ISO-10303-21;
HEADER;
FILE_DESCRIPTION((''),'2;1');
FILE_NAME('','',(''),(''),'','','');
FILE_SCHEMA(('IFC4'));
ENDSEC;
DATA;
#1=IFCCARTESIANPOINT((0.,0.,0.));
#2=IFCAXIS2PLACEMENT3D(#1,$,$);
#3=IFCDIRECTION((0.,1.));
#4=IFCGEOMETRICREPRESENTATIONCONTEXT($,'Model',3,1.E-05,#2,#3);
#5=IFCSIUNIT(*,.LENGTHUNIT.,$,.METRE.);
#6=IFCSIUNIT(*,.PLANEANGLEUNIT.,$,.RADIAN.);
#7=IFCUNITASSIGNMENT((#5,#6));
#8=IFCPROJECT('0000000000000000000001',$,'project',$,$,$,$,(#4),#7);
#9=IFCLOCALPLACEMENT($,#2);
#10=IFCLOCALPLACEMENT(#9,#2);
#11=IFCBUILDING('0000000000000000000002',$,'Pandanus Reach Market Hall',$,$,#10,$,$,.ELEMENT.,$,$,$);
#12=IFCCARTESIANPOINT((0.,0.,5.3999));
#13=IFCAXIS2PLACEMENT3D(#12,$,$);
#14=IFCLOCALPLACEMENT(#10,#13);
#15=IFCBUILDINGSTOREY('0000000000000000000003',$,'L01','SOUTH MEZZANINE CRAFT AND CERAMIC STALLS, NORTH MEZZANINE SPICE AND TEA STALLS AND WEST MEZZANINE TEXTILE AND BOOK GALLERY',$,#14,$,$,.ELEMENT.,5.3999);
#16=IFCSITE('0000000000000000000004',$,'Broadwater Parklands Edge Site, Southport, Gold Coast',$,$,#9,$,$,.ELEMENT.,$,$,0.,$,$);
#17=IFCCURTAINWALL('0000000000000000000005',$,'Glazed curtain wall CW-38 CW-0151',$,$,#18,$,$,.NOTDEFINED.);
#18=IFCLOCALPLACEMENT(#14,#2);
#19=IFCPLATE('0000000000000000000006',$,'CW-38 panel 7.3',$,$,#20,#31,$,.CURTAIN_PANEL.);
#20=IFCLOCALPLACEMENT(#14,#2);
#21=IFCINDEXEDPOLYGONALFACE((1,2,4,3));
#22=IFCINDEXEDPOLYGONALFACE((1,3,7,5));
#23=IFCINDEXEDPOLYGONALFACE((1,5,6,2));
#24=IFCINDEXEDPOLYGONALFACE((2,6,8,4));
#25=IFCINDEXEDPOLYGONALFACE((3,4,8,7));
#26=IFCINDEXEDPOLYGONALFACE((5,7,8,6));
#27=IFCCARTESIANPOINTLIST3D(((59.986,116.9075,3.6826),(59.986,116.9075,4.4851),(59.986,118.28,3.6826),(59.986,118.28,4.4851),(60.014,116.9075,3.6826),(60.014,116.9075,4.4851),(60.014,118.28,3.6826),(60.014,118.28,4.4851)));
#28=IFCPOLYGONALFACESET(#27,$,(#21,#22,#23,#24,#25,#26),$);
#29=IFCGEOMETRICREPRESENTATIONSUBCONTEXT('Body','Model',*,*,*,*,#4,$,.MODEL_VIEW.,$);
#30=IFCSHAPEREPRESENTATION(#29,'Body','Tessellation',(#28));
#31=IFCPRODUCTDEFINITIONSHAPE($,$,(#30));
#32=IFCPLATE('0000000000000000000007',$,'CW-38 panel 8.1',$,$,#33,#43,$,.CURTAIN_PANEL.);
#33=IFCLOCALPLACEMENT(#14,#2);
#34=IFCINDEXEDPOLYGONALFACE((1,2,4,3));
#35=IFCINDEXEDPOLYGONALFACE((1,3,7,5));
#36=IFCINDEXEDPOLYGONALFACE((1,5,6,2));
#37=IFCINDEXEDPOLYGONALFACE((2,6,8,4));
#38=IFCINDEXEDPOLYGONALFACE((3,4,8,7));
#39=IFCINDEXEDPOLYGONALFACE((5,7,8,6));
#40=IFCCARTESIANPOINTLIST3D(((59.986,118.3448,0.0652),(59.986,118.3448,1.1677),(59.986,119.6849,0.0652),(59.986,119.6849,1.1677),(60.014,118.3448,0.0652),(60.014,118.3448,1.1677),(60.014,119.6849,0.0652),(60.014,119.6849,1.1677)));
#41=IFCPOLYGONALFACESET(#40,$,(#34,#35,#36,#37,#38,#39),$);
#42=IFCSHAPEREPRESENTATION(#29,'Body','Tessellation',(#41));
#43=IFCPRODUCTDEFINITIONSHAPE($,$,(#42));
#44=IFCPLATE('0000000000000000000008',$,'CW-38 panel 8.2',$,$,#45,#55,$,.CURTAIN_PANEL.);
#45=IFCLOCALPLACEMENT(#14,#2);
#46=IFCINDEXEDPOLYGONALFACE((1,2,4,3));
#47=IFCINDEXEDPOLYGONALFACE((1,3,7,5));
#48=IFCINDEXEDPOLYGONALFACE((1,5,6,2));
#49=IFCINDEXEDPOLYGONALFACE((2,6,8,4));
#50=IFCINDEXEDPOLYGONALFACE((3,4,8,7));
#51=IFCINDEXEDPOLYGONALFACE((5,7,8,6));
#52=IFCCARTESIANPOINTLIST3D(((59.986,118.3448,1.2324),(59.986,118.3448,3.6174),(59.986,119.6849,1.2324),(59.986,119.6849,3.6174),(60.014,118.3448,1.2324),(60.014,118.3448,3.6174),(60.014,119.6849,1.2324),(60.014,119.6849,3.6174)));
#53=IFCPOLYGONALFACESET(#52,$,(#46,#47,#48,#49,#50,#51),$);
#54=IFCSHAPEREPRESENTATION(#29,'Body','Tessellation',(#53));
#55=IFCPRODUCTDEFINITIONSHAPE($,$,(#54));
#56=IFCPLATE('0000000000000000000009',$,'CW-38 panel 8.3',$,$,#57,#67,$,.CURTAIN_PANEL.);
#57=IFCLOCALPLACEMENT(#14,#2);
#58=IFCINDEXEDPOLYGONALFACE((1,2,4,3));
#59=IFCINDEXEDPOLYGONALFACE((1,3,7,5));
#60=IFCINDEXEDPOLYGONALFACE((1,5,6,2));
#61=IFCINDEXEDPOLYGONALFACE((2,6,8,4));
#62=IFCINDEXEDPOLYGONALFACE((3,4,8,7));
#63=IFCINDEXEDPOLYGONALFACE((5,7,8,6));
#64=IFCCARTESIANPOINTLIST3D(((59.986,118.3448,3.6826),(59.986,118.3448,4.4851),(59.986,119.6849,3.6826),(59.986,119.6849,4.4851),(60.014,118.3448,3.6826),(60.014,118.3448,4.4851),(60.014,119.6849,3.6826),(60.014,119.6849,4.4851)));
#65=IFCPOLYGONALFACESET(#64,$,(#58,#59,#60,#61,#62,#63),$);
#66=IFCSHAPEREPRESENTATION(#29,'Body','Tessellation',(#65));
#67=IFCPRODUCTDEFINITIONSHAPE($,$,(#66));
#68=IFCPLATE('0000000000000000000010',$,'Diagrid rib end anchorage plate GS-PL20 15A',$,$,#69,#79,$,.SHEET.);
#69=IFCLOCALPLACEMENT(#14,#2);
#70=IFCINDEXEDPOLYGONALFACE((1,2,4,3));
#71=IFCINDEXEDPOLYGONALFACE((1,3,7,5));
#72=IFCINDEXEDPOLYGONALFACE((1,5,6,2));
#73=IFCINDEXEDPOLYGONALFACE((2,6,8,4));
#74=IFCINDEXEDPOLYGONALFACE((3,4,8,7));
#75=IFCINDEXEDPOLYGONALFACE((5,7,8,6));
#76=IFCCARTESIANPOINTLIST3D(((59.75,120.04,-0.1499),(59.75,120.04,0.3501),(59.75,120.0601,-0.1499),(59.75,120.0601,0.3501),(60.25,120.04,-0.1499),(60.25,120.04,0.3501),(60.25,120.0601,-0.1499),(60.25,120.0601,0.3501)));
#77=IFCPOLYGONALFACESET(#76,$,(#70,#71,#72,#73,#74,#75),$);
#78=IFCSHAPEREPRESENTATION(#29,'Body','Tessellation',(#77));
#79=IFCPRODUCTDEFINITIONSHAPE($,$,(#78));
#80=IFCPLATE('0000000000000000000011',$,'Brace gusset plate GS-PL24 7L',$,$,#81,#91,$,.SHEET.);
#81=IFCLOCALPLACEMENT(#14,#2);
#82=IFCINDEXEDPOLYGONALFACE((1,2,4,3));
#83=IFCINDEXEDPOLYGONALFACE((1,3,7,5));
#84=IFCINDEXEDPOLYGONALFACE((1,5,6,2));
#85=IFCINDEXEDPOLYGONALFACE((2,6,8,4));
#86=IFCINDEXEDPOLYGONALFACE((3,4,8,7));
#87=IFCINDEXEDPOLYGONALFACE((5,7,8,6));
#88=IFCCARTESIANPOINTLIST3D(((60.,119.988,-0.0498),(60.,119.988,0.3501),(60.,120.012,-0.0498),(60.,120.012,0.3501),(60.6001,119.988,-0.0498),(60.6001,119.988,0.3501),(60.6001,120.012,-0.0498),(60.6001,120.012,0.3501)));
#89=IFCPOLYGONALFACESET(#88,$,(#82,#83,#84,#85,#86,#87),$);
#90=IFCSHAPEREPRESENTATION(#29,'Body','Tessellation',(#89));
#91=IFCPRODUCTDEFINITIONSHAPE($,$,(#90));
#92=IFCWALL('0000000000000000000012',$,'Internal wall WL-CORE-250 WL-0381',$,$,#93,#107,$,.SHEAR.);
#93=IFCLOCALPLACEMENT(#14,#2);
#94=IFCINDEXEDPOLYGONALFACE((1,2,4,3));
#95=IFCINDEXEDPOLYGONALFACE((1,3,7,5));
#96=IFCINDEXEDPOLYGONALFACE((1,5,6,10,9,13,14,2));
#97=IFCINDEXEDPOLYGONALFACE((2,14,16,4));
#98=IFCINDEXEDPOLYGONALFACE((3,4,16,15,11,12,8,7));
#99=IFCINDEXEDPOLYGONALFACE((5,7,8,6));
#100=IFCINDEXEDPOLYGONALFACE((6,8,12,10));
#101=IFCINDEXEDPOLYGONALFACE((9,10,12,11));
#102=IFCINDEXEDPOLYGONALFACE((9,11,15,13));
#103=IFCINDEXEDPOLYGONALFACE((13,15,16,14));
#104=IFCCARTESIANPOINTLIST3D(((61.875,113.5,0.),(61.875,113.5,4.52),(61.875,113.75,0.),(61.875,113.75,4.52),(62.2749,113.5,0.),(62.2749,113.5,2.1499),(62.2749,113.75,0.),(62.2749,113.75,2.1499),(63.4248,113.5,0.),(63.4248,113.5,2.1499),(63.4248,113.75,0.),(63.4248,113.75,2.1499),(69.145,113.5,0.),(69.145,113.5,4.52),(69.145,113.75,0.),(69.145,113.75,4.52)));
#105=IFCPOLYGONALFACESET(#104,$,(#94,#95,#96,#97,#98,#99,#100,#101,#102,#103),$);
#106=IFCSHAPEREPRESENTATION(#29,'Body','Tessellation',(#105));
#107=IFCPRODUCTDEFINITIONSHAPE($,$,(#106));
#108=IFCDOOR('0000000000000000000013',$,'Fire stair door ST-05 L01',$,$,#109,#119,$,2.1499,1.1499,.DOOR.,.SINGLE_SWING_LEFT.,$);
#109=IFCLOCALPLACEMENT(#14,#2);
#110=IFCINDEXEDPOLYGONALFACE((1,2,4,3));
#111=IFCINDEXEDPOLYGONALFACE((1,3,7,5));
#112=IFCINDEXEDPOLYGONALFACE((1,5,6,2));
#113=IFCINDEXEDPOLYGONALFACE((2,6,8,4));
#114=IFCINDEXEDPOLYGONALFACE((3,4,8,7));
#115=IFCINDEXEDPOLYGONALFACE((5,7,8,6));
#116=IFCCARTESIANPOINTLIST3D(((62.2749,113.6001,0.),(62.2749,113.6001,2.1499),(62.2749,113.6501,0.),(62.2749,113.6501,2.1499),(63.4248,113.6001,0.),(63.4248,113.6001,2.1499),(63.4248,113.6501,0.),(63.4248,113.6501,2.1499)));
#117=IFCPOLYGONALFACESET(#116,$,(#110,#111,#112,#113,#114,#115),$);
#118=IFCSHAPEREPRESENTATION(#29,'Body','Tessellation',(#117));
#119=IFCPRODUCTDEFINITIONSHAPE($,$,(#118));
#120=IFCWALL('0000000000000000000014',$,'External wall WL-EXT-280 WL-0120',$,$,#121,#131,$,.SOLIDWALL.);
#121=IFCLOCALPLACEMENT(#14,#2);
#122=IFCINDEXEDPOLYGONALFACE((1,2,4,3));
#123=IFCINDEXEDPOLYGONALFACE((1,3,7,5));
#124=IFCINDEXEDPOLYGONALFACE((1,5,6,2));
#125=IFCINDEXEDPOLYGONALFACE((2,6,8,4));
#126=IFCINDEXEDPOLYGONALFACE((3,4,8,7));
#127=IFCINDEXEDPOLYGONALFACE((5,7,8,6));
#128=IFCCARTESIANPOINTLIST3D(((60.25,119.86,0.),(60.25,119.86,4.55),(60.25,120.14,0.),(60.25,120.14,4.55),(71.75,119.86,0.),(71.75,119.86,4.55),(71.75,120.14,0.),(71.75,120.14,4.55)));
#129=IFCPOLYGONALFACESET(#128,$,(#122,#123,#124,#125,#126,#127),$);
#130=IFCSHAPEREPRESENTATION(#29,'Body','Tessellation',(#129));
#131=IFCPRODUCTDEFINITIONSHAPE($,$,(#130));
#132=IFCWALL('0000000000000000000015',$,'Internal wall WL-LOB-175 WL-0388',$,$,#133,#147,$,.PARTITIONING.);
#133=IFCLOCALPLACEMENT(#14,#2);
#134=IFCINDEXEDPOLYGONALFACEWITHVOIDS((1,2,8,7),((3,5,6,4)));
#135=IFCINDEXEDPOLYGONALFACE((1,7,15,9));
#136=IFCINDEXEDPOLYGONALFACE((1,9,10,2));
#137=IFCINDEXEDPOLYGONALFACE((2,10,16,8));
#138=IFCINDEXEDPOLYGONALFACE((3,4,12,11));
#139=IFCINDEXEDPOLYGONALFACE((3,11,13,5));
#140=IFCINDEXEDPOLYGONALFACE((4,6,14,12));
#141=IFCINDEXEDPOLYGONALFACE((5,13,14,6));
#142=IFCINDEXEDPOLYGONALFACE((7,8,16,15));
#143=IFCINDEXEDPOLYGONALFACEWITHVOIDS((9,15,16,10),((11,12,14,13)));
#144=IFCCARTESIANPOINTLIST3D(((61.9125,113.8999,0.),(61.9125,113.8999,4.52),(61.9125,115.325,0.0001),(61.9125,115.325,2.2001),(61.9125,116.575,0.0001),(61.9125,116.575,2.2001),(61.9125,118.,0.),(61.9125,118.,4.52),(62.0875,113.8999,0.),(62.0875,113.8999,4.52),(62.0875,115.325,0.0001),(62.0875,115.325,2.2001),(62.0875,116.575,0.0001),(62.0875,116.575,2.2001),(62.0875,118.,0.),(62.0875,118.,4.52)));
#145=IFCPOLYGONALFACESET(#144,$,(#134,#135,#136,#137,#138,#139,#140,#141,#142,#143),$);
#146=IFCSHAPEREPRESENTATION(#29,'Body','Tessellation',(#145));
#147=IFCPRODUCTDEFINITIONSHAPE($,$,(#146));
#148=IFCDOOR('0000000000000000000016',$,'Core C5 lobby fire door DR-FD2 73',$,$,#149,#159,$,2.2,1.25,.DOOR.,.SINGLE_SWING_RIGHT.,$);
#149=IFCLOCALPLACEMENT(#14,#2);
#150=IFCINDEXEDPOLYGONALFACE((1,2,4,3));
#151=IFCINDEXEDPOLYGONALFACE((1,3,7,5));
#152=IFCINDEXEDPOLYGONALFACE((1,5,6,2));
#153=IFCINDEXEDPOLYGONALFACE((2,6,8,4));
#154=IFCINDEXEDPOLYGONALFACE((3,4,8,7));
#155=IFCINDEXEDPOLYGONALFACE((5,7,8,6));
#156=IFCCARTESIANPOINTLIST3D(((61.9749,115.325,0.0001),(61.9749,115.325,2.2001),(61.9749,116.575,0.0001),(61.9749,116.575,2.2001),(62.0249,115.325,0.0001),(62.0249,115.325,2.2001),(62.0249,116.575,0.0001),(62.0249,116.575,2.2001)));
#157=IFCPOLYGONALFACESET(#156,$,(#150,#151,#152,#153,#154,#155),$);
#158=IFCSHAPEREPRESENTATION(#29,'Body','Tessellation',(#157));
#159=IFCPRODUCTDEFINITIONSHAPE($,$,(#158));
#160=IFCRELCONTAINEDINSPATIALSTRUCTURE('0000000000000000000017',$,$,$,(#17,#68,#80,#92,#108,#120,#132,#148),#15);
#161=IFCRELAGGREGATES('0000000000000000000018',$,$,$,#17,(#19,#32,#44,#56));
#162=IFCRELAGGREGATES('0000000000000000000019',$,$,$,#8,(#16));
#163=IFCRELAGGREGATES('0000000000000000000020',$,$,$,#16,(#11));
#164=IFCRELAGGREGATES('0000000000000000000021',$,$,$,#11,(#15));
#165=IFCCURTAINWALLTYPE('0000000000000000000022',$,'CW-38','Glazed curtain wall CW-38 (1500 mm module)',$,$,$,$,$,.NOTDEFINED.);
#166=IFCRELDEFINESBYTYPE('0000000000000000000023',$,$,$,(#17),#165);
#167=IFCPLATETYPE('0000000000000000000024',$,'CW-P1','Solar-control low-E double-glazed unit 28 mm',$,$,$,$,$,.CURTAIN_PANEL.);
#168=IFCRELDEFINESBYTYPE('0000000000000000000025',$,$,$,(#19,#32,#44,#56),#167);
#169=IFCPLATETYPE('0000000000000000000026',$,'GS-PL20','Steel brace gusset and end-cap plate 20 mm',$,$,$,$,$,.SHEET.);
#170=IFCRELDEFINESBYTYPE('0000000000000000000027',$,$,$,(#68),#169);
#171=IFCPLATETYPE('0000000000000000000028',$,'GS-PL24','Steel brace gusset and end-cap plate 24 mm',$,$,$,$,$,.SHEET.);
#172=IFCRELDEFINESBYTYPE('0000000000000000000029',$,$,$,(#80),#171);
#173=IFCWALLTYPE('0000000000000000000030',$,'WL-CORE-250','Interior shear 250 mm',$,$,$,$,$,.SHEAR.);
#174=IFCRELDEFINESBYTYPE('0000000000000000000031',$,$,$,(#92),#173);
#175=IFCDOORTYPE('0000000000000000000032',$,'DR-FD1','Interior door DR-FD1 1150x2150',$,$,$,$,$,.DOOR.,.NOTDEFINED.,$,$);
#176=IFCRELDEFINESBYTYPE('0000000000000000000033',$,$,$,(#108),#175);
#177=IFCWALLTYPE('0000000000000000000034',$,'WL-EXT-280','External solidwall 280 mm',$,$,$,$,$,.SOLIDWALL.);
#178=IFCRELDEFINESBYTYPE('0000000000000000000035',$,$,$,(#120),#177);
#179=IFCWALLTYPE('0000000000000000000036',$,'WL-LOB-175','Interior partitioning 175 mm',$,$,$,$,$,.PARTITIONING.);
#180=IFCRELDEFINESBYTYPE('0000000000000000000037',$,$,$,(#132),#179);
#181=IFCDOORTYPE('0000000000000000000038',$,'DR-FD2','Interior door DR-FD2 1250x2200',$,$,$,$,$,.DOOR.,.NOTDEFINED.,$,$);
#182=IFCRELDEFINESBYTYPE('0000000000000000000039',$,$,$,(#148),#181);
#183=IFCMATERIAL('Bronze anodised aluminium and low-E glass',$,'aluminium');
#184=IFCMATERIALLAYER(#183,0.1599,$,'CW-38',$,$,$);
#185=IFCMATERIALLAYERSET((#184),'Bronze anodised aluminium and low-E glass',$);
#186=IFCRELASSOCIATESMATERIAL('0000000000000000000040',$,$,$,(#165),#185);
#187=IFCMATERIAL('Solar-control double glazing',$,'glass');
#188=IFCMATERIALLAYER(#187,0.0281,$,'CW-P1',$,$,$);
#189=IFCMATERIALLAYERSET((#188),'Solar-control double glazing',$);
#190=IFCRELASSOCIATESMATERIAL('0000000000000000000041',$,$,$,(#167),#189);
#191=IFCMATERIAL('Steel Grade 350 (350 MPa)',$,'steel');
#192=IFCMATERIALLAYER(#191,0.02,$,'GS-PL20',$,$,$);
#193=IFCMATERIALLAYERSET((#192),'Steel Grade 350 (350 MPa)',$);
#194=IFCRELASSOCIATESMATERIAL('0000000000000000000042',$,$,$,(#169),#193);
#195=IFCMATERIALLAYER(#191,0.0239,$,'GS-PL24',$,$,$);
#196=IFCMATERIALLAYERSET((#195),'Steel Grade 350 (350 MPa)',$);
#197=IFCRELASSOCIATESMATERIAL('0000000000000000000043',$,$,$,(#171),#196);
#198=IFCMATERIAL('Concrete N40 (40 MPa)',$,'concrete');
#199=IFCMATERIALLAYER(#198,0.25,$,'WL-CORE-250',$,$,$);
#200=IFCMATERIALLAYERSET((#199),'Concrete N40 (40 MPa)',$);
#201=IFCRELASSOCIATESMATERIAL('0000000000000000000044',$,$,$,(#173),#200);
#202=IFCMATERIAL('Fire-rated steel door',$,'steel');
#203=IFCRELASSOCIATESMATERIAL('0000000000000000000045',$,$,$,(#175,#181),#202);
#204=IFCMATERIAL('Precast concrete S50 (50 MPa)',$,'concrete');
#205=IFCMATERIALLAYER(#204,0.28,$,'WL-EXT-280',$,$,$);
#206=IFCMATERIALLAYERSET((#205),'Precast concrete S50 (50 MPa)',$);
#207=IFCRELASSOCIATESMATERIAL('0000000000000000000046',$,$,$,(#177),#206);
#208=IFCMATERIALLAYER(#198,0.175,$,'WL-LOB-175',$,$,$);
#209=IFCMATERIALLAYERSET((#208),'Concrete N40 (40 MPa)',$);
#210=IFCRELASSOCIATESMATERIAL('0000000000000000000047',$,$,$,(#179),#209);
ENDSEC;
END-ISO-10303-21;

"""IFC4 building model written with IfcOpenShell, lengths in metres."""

from ifc_helpers import new_model, si_unit, direction, frame, frame_2d, origin, origin_2d, place, context, subcontext, project, spatial, rectangle, extrude, material, layer, layer_set, type_object, element, fill, aggregate, save


model = new_model("IFC4")

# Units and contexts
model_context = context("Model", 3, precision=1e-05, world=origin(), true_north=direction((0.0, 1.0)))
body_context = subcontext(model_context, "Body", "Model", "MODEL_VIEW")
ifc_project = project(units=[si_unit("LENGTHUNIT", "METRE"), si_unit("PLANEANGLEUNIT", "RADIAN")], contexts=[model_context])

# Site, building, storey
site_placement = place(None, origin())
site = spatial("IfcSite", under=ifc_project, at=site_placement, Name="Broadwater Parklands Edge Site, Southport, Gold Coast", CompositionType="ELEMENT", RefElevation=0.0)
building_placement = place(site_placement, origin())
building = spatial("IfcBuilding", under=site, at=building_placement, Name="Pandanus Reach Market Hall", CompositionType="ELEMENT")
storey_placement = place(building_placement, frame((0.0, 0.0, 5.3999)))
storey = spatial("IfcBuildingStorey", under=building, at=storey_placement, Name="L01", Description="SOUTH MEZZANINE CRAFT AND CERAMIC STALLS, NORTH MEZZANINE SPICE AND TEA STALLS AND WEST MEZZANINE TEXTILE AND BOOK GALLERY", CompositionType="ELEMENT", Elevation=5.3999)

# Shared definitions
ifc_material_1 = material(Name="Concrete N40 (40 MPa)", Category="concrete")

# Shared definitions
ifc_material_2 = material(Name="Steel Grade 350 (350 MPa)", Category="steel")

# Curtain wall
ifc_material_3 = material(Name="Bronze anodised aluminium and low-E glass", Category="aluminium")
ifc_layer_1 = layer(ifc_material_3, 0.1599, Name="CW-38")
ifc_layer_set_1 = layer_set([ifc_layer_1], Name="Bronze anodised aluminium and low-E glass")
curtain_wall_type = type_object("IfcCurtainWallType", Name="CW-38", Description="Glazed curtain wall CW-38 (1500 mm module)", PredefinedType="NOTDEFINED", material=ifc_layer_set_1)
curtain_wall_placement = place(storey_placement, origin())
curtain_wall = element("IfcCurtainWall", 1, at=curtain_wall_placement, inside=storey, type_object=curtain_wall_type, Name="Glazed curtain wall CW-38 CW-0151", PredefinedType="NOTDEFINED")

# Plates
ifc_material_4 = material(Name="Solar-control double glazing", Category="glass")
ifc_layer_2 = layer(ifc_material_4, 0.0281, Name="CW-P1")
ifc_layer_set_2 = layer_set([ifc_layer_2], Name="Solar-control double glazing")
plate_type_1 = type_object("IfcPlateType", Name="CW-P1", Description="Solar-control low-E double-glazed unit 28 mm", PredefinedType="CURTAIN_PANEL", material=ifc_layer_set_2)
plate_1_placement = place(storey_placement, frame((60.0, 117.5938, 3.6826), z_axis=(0.0, 0.0, 1.0), x_axis=(0.0, 1.0, 0.0)))
plate_1 = element("IfcPlate", 2, at=plate_1_placement, type_object=plate_type_1, Name="CW-38 panel 7.3", PredefinedType="CURTAIN_PANEL", context=body_context, shape_type="SweptSolid", body=[
    extrude(rectangle(XDim=1.3726, YDim=0.0281, at=origin_2d()), origin(), (0.0, 0.0, 1.0), 0.8025),
])
plate_2_placement = place(storey_placement, frame((60.0, 119.0149, 0.0652), z_axis=(0.0, 0.0, 1.0), x_axis=(0.0, 1.0, 0.0)))
plate_2 = element("IfcPlate", 3, at=plate_2_placement, type_object=plate_type_1, Name="CW-38 panel 8.1", PredefinedType="CURTAIN_PANEL", context=body_context, shape_type="SweptSolid", body=[
    extrude(rectangle(XDim=1.3401, YDim=0.0281, at=origin_2d()), origin(), (0.0, 0.0, 1.0), 1.1025),
])
plate_3_placement = place(storey_placement, frame((60.0, 119.0149, 1.2324), z_axis=(0.0, 0.0, 1.0), x_axis=(0.0, 1.0, 0.0)))
plate_3 = element("IfcPlate", 4, at=plate_3_placement, type_object=plate_type_1, Name="CW-38 panel 8.2", PredefinedType="CURTAIN_PANEL", context=body_context, shape_type="SweptSolid", body=[
    extrude(rectangle(XDim=1.3401, YDim=0.0281, at=origin_2d()), origin(), (0.0, 0.0, 1.0), 2.385),
])
plate_4_placement = place(storey_placement, frame((60.0, 119.0149, 3.6826), z_axis=(0.0, 0.0, 1.0), x_axis=(0.0, 1.0, 0.0)))
plate_4 = element("IfcPlate", 5, at=plate_4_placement, type_object=plate_type_1, Name="CW-38 panel 8.3", PredefinedType="CURTAIN_PANEL", context=body_context, shape_type="SweptSolid", body=[
    extrude(rectangle(XDim=1.3401, YDim=0.0281, at=origin_2d()), origin(), (0.0, 0.0, 1.0), 0.8025),
])
aggregate(curtain_wall, [plate_1, plate_2, plate_3, plate_4])

# Plates
ifc_layer_3 = layer(ifc_material_2, 0.02, Name="GS-PL20")
ifc_layer_set_3 = layer_set([ifc_layer_3], Name="Steel Grade 350 (350 MPa)")
plate_type_2 = type_object("IfcPlateType", Name="GS-PL20", Description="Steel brace gusset and end-cap plate 20 mm", PredefinedType="SHEET", material=ifc_layer_set_3)
plate_5_placement = place(storey_placement, frame((60.0, 120.05, -0.1499), z_axis=(0.0, 0.0, 1.0), x_axis=(1.0, 0.0, 0.0)))
element("IfcPlate", 6, at=plate_5_placement, inside=storey, type_object=plate_type_2, Name="Diagrid rib end anchorage plate GS-PL20 15A", PredefinedType="SHEET", context=body_context, shape_type="SweptSolid", body=[
    extrude(rectangle(XDim=0.5, YDim=0.02, at=origin_2d()), origin(), (0.0, 0.0, 1.0), 0.5),
])
ifc_layer_4 = layer(ifc_material_2, 0.0239, Name="GS-PL24")
ifc_layer_set_4 = layer_set([ifc_layer_4], Name="Steel Grade 350 (350 MPa)")
plate_type_3 = type_object("IfcPlateType", Name="GS-PL24", Description="Steel brace gusset and end-cap plate 24 mm", PredefinedType="SHEET", material=ifc_layer_set_4)
plate_6_placement = place(storey_placement, frame((60.3, 120.0, -0.0498), z_axis=(0.0, 0.0, 1.0), x_axis=(1.0, 0.0, 0.0)))
element("IfcPlate", 7, at=plate_6_placement, inside=storey, type_object=plate_type_3, Name="Brace gusset plate GS-PL24 7L", PredefinedType="SHEET", context=body_context, shape_type="SweptSolid", body=[
    extrude(rectangle(XDim=0.6001, YDim=0.0239, at=origin_2d()), origin(), (0.0, 0.0, 1.0), 0.3999),
])

# Wall, opening, door
ifc_layer_5 = layer(ifc_material_1, 0.25, Name="WL-CORE-250")
ifc_layer_set_5 = layer_set([ifc_layer_5], Name="Concrete N40 (40 MPa)")
wall_type_1 = type_object("IfcWallType", Name="WL-CORE-250", Description="Interior shear 250 mm", PredefinedType="SHEAR", material=ifc_layer_set_5)
wall_1_placement = place(storey_placement, frame((61.875, 113.625, 0.0), z_axis=(0.0, 0.0, 1.0), x_axis=(1.0, 0.0, 0.0)))
wall_1 = element("IfcWall", 8, at=wall_1_placement, inside=storey, type_object=wall_type_1, Name="Internal wall WL-CORE-250 WL-0381", PredefinedType="SHEAR", context=body_context, shape_type="SweptSolid", body=[
    extrude(rectangle(XDim=7.27, YDim=0.25, at=frame_2d((3.635, 0.0))), origin(), (0.0, 0.0, 1.0), 4.52),
])
opening_1_placement = place(wall_1_placement, frame((0.3999, 0.0, 0.0)))
opening_1 = element("IfcOpeningElement", 9, at=opening_1_placement, cuts=wall_1, PredefinedType="OPENING", context=body_context, shape_type="SweptSolid", body=[
    extrude(rectangle(XDim=1.1499, YDim=2.1499, at=frame_2d((0.575, 1.075))), frame((0.0, 0.1399, 0.0), z_axis=(0.0, -1.0, 0.0), x_axis=(1.0, 0.0, 0.0)), (0.0, 0.0, 1.0), 0.28),
])
ifc_material_5 = material(Name="Fire-rated steel door", Category="steel")
door_type_1 = type_object("IfcDoorType", Name="DR-FD1", Description="Interior door DR-FD1 1150x2150", OperationType="NOTDEFINED", PredefinedType="DOOR", material=ifc_material_5)
door_1_placement = place(opening_1_placement, frame((1.1499, 0.0, 0.0), z_axis=(0.0, 0.0, 1.0), x_axis=(-1.0, 0.0, 0.0)))
door_1 = element("IfcDoor", 10, at=door_1_placement, inside=storey, type_object=door_type_1, Name="Fire stair door ST-05 L01", OperationType="SINGLE_SWING_LEFT", OverallHeight=2.1499, OverallWidth=1.1499, PredefinedType="DOOR", context=body_context, shape_type="SweptSolid", body=[
    extrude(rectangle(XDim=1.1499, YDim=2.1499, at=frame_2d((0.575, 1.075))), frame((0.0, 0.0249, 0.0), z_axis=(0.0, -1.0, 0.0), x_axis=(1.0, 0.0, 0.0)), (0.0, 0.0, 1.0), 0.05),
])
fill(opening_1, door_1)

# Wall
ifc_material_6 = material(Name="Precast concrete S50 (50 MPa)", Category="concrete")
ifc_layer_6 = layer(ifc_material_6, 0.28, Name="WL-EXT-280")
ifc_layer_set_6 = layer_set([ifc_layer_6], Name="Precast concrete S50 (50 MPa)")
wall_type_2 = type_object("IfcWallType", Name="WL-EXT-280", Description="External solidwall 280 mm", PredefinedType="SOLIDWALL", material=ifc_layer_set_6)
wall_2_placement = place(storey_placement, frame((60.25, 120.0, 0.0), z_axis=(0.0, 0.0, 1.0), x_axis=(1.0, 0.0, 0.0)))
element("IfcWall", 11, at=wall_2_placement, inside=storey, type_object=wall_type_2, Name="External wall WL-EXT-280 WL-0120", PredefinedType="SOLIDWALL", context=body_context, shape_type="SweptSolid", body=[
    extrude(rectangle(XDim=11.5, YDim=0.28, at=frame_2d((5.75, 0.0))), origin(), (0.0, 0.0, 1.0), 4.55),
])

# Wall, opening, door
ifc_layer_7 = layer(ifc_material_1, 0.175, Name="WL-LOB-175")
ifc_layer_set_7 = layer_set([ifc_layer_7], Name="Concrete N40 (40 MPa)")
wall_type_3 = type_object("IfcWallType", Name="WL-LOB-175", Description="Interior partitioning 175 mm", PredefinedType="PARTITIONING", material=ifc_layer_set_7)
wall_3_placement = place(storey_placement, frame((62.0, 113.8999, 0.0), z_axis=(0.0, 0.0, 1.0), x_axis=(0.0, 1.0, 0.0)))
wall_3 = element("IfcWall", 12, at=wall_3_placement, inside=storey, type_object=wall_type_3, Name="Internal wall WL-LOB-175 WL-0388", PredefinedType="PARTITIONING", context=body_context, shape_type="SweptSolid", body=[
    extrude(rectangle(XDim=4.1001, YDim=0.175, at=frame_2d((2.05, 0.0))), origin(), (0.0, 0.0, 1.0), 4.52),
])
opening_2_placement = place(wall_3_placement, frame((1.425, 0.0, 0.0)))
opening_2 = element("IfcOpeningElement", 13, at=opening_2_placement, cuts=wall_3, PredefinedType="OPENING", context=body_context, shape_type="SweptSolid", body=[
    extrude(rectangle(XDim=1.25, YDim=2.2, at=frame_2d((0.625, 1.1001))), frame((0.0, 0.1025, 0.0), z_axis=(0.0, -1.0, 0.0), x_axis=(1.0, 0.0, 0.0)), (0.0, 0.0, 1.0), 0.2051),
])
door_type_2 = type_object("IfcDoorType", Name="DR-FD2", Description="Interior door DR-FD2 1250x2200", OperationType="NOTDEFINED", PredefinedType="DOOR", material=ifc_material_5)
door_2_placement = place(opening_2_placement, frame((1.25, 0.0, 0.0), z_axis=(0.0, 0.0, 1.0), x_axis=(-1.0, 0.0, 0.0)))
door_2 = element("IfcDoor", 14, at=door_2_placement, inside=storey, type_object=door_type_2, Name="Core C5 lobby fire door DR-FD2 73", OperationType="SINGLE_SWING_RIGHT", OverallHeight=2.2, OverallWidth=1.25, PredefinedType="DOOR", context=body_context, shape_type="SweptSolid", body=[
    extrude(rectangle(XDim=1.25, YDim=2.2, at=frame_2d((0.625, 1.1001))), frame((0.0, 0.0249, 0.0), z_axis=(0.0, -1.0, 0.0), x_axis=(1.0, 0.0, 0.0)), (0.0, 0.0, 1.0), 0.05),
])
fill(opening_2, door_2)

save(model, "model.ifc")
